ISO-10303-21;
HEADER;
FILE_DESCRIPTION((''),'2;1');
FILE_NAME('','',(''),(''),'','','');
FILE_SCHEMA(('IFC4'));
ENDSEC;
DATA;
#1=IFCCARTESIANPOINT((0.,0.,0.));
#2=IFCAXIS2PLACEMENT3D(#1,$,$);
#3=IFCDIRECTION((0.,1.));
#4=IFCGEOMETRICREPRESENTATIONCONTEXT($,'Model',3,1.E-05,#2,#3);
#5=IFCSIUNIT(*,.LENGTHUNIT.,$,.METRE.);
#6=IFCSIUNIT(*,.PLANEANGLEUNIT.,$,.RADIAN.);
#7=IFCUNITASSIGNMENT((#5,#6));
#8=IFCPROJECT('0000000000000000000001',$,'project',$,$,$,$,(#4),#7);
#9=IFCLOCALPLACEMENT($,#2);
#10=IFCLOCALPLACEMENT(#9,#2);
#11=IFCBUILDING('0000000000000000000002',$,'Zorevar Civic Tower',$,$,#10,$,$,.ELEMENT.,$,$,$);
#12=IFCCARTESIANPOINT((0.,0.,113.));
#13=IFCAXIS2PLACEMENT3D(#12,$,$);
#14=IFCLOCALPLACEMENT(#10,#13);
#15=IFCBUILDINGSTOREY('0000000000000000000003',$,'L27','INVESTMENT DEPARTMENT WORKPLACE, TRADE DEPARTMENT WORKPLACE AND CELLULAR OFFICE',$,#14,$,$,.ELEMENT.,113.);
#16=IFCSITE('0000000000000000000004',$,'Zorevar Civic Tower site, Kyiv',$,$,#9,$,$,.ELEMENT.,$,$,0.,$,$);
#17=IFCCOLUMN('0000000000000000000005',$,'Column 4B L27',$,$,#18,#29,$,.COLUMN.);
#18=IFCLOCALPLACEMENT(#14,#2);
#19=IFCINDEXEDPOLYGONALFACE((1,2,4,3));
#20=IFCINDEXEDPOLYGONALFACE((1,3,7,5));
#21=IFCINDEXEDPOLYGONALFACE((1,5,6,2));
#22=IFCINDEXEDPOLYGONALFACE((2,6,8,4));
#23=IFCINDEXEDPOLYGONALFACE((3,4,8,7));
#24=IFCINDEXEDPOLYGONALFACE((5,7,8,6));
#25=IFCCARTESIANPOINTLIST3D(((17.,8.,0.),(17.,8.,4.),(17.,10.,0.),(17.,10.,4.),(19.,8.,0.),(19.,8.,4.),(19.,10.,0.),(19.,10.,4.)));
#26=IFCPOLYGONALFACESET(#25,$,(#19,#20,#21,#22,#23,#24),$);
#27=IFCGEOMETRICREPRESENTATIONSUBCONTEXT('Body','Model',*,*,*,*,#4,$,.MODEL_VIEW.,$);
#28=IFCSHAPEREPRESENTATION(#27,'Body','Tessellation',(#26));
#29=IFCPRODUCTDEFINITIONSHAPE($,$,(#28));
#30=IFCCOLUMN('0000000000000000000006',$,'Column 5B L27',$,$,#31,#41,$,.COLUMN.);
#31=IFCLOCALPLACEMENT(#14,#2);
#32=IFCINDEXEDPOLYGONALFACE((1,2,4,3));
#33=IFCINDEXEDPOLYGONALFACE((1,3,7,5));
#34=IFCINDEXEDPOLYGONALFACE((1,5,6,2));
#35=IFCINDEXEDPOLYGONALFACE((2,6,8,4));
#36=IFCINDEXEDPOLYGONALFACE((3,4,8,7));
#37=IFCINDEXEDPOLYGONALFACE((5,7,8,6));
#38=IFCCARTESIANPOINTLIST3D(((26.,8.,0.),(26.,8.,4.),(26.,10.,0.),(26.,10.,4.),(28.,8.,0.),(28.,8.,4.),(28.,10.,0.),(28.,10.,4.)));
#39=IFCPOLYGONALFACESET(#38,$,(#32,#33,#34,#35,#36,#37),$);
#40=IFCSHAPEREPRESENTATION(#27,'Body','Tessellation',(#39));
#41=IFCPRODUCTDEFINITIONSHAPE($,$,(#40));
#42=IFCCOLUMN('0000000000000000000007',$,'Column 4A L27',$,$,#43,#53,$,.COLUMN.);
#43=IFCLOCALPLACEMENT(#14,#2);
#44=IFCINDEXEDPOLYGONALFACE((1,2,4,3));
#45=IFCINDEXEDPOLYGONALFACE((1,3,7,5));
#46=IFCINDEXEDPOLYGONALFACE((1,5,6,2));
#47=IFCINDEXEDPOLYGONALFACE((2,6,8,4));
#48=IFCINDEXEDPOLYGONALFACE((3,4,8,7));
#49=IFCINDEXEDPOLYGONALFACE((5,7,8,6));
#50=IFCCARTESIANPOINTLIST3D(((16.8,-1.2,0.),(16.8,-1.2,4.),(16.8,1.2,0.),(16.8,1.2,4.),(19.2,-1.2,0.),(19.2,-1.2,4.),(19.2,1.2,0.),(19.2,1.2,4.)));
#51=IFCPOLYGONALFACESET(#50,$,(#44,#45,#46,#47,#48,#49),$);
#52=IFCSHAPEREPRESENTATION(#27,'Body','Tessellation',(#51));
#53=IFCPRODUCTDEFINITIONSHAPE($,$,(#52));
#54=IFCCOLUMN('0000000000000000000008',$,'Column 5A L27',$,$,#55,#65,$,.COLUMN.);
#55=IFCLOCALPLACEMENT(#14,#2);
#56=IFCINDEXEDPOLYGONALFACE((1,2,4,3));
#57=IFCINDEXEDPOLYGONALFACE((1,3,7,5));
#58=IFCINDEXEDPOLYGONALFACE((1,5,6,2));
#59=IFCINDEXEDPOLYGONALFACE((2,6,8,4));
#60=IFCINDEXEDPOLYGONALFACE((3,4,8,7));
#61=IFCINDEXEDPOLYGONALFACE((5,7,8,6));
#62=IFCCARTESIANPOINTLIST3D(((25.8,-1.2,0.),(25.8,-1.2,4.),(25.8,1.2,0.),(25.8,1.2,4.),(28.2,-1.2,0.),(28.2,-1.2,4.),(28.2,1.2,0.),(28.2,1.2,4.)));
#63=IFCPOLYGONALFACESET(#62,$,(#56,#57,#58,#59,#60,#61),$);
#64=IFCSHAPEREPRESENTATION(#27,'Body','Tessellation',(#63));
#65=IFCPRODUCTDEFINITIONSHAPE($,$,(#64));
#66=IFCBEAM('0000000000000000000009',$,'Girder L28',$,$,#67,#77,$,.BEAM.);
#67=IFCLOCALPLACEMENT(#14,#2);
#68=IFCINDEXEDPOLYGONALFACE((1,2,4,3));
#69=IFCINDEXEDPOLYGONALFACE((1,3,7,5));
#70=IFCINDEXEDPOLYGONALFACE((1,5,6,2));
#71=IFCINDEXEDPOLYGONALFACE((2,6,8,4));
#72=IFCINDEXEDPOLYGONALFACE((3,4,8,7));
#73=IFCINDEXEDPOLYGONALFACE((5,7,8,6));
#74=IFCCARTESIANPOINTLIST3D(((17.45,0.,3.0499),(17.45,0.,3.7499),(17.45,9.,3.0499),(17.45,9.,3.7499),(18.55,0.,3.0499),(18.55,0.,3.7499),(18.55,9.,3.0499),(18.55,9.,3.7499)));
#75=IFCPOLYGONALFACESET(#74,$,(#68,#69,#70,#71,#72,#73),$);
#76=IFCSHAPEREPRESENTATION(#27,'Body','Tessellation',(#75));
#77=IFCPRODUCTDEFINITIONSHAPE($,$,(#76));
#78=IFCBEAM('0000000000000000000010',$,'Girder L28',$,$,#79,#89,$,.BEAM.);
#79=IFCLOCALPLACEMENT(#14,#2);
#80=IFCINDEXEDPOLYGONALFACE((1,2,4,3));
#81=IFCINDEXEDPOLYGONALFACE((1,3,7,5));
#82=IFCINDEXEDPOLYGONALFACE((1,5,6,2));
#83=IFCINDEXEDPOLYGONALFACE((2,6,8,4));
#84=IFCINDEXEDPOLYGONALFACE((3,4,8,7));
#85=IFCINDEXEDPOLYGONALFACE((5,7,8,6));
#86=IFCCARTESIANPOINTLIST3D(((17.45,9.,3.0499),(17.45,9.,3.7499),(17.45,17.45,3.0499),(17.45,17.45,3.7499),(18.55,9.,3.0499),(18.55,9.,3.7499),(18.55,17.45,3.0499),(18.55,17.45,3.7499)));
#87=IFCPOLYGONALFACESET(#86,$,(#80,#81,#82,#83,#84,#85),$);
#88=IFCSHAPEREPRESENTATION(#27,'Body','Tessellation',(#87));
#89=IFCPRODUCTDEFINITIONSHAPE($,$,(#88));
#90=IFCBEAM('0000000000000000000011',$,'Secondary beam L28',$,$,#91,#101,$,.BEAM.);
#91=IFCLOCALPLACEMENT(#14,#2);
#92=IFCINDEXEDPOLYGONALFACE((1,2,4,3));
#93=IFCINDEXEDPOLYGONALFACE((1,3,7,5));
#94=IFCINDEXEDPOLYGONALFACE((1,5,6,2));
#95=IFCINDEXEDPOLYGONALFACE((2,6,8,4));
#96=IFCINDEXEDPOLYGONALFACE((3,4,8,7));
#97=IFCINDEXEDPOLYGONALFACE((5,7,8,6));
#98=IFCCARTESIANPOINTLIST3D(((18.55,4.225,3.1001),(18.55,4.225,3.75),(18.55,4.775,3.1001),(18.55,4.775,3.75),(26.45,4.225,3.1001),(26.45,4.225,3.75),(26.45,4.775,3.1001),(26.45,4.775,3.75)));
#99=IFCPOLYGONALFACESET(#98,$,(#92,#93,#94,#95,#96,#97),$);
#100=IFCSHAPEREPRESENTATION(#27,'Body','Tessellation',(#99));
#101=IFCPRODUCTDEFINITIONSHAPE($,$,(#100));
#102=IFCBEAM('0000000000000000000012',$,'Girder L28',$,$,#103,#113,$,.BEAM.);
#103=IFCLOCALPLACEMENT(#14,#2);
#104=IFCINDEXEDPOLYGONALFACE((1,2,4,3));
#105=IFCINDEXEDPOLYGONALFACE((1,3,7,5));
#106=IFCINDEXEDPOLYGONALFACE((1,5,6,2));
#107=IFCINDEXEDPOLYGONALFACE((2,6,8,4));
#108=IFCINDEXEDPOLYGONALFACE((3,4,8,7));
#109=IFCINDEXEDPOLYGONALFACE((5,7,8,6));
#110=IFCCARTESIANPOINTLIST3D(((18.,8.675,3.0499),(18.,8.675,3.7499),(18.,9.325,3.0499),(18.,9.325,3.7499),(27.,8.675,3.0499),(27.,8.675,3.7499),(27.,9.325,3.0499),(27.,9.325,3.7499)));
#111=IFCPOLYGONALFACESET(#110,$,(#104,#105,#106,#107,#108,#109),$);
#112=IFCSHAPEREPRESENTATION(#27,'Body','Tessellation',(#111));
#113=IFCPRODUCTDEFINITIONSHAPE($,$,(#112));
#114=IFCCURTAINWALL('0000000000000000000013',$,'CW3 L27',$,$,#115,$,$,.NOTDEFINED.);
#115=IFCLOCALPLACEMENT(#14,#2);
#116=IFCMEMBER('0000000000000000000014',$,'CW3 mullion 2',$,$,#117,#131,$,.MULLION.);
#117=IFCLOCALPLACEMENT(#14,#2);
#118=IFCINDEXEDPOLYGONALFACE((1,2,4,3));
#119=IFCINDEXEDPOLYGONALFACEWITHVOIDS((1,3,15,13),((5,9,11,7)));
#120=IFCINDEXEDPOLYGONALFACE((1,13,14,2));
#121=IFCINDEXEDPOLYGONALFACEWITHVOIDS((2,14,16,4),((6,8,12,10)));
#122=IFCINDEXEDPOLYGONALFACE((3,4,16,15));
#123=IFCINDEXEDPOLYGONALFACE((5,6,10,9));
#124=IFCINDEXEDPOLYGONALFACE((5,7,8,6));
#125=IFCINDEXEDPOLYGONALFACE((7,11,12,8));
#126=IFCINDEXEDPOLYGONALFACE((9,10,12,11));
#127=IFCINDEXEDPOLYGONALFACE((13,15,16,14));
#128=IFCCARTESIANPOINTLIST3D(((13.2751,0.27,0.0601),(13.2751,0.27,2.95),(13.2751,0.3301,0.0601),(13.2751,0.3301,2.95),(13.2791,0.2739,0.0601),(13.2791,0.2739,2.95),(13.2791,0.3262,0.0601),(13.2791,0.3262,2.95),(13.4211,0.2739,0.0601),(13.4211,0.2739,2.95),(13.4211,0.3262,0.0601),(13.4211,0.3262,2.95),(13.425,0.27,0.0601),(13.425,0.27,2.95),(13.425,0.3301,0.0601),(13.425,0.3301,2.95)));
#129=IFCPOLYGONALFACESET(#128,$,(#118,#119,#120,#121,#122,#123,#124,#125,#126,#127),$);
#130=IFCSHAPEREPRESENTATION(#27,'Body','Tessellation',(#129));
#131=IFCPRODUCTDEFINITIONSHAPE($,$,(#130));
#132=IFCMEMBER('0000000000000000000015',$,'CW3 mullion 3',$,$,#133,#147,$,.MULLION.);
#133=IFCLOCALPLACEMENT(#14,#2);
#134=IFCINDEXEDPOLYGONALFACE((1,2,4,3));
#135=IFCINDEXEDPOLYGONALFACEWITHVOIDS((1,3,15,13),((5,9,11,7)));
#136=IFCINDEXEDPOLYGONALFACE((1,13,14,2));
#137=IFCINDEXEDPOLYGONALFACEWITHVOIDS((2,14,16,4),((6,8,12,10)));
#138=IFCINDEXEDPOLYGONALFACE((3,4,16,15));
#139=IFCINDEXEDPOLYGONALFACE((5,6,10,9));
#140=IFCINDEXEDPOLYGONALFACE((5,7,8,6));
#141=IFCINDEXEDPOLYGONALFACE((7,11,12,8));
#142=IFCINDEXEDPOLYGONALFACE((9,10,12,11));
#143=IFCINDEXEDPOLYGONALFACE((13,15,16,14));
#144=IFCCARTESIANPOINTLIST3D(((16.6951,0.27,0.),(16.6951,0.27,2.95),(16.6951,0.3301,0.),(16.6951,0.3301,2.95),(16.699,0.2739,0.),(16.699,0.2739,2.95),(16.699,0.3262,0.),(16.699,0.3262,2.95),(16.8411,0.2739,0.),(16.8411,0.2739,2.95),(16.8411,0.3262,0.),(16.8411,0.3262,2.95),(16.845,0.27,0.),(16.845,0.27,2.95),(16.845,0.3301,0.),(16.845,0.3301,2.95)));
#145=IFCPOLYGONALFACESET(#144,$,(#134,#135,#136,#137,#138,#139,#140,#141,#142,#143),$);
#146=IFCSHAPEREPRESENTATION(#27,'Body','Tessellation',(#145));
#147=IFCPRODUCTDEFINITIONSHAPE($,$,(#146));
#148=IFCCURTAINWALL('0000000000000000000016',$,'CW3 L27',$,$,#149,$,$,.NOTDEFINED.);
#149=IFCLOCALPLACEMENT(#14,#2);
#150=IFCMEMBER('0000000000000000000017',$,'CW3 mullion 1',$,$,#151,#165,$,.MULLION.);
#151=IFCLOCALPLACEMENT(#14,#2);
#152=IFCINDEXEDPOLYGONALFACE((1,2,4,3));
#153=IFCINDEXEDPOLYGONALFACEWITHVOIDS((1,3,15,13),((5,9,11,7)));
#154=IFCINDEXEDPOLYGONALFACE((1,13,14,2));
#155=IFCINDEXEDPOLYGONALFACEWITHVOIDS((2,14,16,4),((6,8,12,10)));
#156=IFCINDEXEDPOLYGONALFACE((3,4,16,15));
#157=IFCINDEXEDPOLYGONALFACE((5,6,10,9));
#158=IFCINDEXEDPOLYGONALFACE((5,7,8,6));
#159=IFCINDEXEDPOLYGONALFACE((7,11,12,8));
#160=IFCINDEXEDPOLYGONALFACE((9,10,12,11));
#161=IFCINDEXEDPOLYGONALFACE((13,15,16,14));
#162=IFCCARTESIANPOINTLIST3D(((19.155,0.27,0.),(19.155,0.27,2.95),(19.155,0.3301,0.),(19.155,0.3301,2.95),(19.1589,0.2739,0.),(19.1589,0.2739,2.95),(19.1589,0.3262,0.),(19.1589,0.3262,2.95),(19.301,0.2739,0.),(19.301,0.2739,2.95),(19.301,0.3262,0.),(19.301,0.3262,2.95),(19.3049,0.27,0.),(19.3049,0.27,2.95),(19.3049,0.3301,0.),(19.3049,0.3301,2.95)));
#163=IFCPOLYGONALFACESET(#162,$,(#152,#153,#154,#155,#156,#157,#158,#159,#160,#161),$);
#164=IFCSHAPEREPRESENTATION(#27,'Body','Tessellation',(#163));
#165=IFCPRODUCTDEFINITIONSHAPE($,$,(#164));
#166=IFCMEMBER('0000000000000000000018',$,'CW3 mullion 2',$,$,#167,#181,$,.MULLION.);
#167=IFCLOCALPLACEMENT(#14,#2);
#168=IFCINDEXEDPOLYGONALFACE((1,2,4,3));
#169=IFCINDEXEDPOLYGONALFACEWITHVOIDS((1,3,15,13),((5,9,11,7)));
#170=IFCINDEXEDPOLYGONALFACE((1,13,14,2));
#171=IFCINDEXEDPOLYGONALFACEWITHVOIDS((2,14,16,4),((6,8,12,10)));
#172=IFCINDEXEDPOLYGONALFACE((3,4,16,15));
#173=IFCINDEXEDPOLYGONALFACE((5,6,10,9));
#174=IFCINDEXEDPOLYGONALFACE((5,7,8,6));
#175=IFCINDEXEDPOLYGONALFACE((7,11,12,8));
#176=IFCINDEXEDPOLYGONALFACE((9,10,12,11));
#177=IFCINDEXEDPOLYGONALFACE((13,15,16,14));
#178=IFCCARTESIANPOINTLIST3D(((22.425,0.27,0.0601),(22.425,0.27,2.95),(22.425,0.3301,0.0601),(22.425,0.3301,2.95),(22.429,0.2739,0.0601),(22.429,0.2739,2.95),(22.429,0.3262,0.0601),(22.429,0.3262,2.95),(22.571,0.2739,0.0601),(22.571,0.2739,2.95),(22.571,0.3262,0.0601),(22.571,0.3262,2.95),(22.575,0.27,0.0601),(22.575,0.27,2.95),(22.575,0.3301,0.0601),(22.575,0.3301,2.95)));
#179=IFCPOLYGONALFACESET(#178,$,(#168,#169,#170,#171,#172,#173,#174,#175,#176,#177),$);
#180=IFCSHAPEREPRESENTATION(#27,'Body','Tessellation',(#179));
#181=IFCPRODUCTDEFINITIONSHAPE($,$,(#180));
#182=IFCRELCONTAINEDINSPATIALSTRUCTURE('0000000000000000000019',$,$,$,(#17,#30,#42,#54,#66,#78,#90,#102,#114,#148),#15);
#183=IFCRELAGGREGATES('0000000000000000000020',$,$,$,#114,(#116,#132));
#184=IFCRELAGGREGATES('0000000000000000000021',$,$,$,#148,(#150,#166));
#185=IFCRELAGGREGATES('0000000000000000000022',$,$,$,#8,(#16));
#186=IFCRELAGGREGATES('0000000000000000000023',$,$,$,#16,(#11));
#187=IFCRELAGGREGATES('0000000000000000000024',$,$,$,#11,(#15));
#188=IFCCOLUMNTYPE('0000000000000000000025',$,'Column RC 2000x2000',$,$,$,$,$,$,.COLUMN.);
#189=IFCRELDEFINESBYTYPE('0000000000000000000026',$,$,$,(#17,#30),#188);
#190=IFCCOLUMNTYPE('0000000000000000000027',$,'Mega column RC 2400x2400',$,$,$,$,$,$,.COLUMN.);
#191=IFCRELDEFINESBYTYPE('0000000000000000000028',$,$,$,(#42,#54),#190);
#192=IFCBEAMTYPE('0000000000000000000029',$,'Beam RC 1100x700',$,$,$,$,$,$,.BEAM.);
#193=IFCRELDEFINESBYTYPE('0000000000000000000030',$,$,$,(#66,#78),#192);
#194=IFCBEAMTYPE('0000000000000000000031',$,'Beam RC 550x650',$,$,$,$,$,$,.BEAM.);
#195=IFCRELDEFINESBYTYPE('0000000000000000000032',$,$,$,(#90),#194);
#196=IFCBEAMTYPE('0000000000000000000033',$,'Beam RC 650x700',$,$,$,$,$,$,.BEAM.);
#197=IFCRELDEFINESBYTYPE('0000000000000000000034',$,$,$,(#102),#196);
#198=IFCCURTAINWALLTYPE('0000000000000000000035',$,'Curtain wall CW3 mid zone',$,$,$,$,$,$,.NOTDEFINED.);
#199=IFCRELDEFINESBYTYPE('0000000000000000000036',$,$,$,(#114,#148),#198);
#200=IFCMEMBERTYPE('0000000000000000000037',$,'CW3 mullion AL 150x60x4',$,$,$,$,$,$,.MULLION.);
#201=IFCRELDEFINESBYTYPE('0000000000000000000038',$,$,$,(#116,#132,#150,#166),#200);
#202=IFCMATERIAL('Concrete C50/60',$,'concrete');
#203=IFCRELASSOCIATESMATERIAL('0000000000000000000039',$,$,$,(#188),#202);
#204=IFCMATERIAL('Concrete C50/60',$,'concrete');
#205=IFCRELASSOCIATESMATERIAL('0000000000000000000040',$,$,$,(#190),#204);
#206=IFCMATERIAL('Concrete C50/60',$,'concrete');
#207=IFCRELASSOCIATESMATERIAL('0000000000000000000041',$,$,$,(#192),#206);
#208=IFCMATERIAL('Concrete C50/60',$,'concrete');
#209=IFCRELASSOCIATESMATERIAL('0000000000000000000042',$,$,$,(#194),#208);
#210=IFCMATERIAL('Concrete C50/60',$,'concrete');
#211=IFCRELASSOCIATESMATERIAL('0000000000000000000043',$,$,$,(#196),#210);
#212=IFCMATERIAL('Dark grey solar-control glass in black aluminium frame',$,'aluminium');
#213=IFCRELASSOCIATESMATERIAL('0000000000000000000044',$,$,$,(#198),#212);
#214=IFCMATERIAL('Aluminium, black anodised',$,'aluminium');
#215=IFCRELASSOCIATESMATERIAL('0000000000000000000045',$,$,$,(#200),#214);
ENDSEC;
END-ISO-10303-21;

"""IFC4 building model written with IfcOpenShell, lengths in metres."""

from ifc_helpers import new_model, si_unit, direction, frame, origin, origin_2d, place, context, subcontext, project, spatial, rectangle, hollow_rectangle, extrude, material, material_profile, profile_set, type_object, element, aggregate, save


model = new_model("IFC4")

# Units and contexts
model_context = context("Model", 3, precision=1e-05, world=origin(), true_north=direction((0.0, 1.0)))
body_context = subcontext(model_context, "Body", "Model", "MODEL_VIEW")
ifc_project = project(units=[si_unit("LENGTHUNIT", "METRE"), si_unit("PLANEANGLEUNIT", "RADIAN")], contexts=[model_context])

# Site, building, storey
site_placement = place(None, origin())
site = spatial("IfcSite", under=ifc_project, at=site_placement, Name="Zorevar Civic Tower site, Kyiv", CompositionType="ELEMENT", RefElevation=0.0)
building_placement = place(site_placement, origin())
building = spatial("IfcBuilding", under=site, at=building_placement, Name="Zorevar Civic Tower", CompositionType="ELEMENT")
storey_placement = place(building_placement, frame((0.0, 0.0, 113.0)))
storey = spatial("IfcBuildingStorey", under=building, at=storey_placement, Name="L27", Description="INVESTMENT DEPARTMENT WORKPLACE, TRADE DEPARTMENT WORKPLACE AND CELLULAR OFFICE", CompositionType="ELEMENT", Elevation=113.0)

# Columns
ifc_material_1 = material(Name="Concrete C50/60", Category="concrete")
ifc_material_profile_1 = material_profile(ifc_material_1, rectangle(XDim=2.0, YDim=2.0, at=origin_2d()), Name="RC 2000x2000")
ifc_profile_set_1 = profile_set([ifc_material_profile_1], Name="Concrete C50/60")
column_type_1 = type_object("IfcColumnType", Name="Column RC 2000x2000", PredefinedType="COLUMN", material=ifc_profile_set_1)
for number, where, z_axis, x_axis, name in (
    (1, (18.0, 9.0, 0.0), (0.0, 0.0, 1.0), (1.0, 0.0, 0.0), "Column 4B L27"),
    (2, (27.0, 9.0, 0.0), (0.0, 0.0, 1.0), (1.0, 0.0, 0.0), "Column 5B L27"),
):
    element("IfcColumn", number, at=place(storey_placement, frame(where, z_axis=z_axis, x_axis=x_axis)), inside=storey, type_object=column_type_1, Name=name, PredefinedType="COLUMN", context=body_context, shape_type="SweptSolid", body=[
        extrude(rectangle(XDim=2.0, YDim=2.0, at=origin_2d()), origin(), (0.0, 0.0, 1.0), 4.0),
    ])
ifc_material_2 = material(Name="Concrete C50/60", Category="concrete")
ifc_material_profile_2 = material_profile(ifc_material_2, rectangle(XDim=2.3999, YDim=2.3999, at=origin_2d()), Name="RC 2400x2400")
ifc_profile_set_2 = profile_set([ifc_material_profile_2], Name="Concrete C50/60")
column_type_2 = type_object("IfcColumnType", Name="Mega column RC 2400x2400", PredefinedType="COLUMN", material=ifc_profile_set_2)
for number, where, z_axis, x_axis, name in (
    (3, (18.0, 0.0, 0.0), (0.0, 0.0, 1.0), (1.0, 0.0, 0.0), "Column 4A L27"),
    (4, (27.0, 0.0, 0.0), (0.0, 0.0, 1.0), (1.0, 0.0, 0.0), "Column 5A L27"),
):
    element("IfcColumn", number, at=place(storey_placement, frame(where, z_axis=z_axis, x_axis=x_axis)), inside=storey, type_object=column_type_2, Name=name, PredefinedType="COLUMN", context=body_context, shape_type="SweptSolid", body=[
        extrude(rectangle(XDim=2.3999, YDim=2.3999, at=origin_2d()), origin(), (0.0, 0.0, 1.0), 4.0),
    ])

# Beams
ifc_material_3 = material(Name="Concrete C50/60", Category="concrete")
ifc_material_profile_3 = material_profile(ifc_material_3, rectangle(XDim=1.1001, YDim=0.7, at=origin_2d()), Name="RC 1100x700")
ifc_profile_set_3 = profile_set([ifc_material_profile_3], Name="Concrete C50/60")
beam_type_1 = type_object("IfcBeamType", Name="Beam RC 1100x700", PredefinedType="BEAM", material=ifc_profile_set_3)
beam_1_placement = place(storey_placement, frame((18.0, 0.0, 3.3999), z_axis=(0.0, 1.0, 0.0), x_axis=(-1.0, 0.0, 0.0)))
element("IfcBeam", 5, at=beam_1_placement, inside=storey, type_object=beam_type_1, Name="Girder L28", PredefinedType="BEAM", context=body_context, shape_type="SweptSolid", body=[
    extrude(rectangle(XDim=1.1001, YDim=0.7, at=origin_2d()), origin(), (0.0, 0.0, 1.0), 9.0),
])
beam_2_placement = place(storey_placement, frame((18.0, 9.0, 3.3999), z_axis=(0.0, 1.0, 0.0), x_axis=(-1.0, 0.0, 0.0)))
element("IfcBeam", 6, at=beam_2_placement, inside=storey, type_object=beam_type_1, Name="Girder L28", PredefinedType="BEAM", context=body_context, shape_type="SweptSolid", body=[
    extrude(rectangle(XDim=1.1001, YDim=0.7, at=origin_2d()), origin(), (0.0, 0.0, 1.0), 8.45),
])
ifc_material_4 = material(Name="Concrete C50/60", Category="concrete")
ifc_material_profile_4 = material_profile(ifc_material_4, rectangle(XDim=0.55, YDim=0.6499, at=origin_2d()), Name="RC 550x650")
ifc_profile_set_4 = profile_set([ifc_material_profile_4], Name="Concrete C50/60")
beam_type_2 = type_object("IfcBeamType", Name="Beam RC 550x650", PredefinedType="BEAM", material=ifc_profile_set_4)
beam_3_placement = place(storey_placement, frame((18.55, 4.5, 3.425), z_axis=(1.0, 0.0, 0.0), x_axis=(0.0, 1.0, 0.0)))
element("IfcBeam", 7, at=beam_3_placement, inside=storey, type_object=beam_type_2, Name="Secondary beam L28", PredefinedType="BEAM", context=body_context, shape_type="SweptSolid", body=[
    extrude(rectangle(XDim=0.55, YDim=0.6499, at=origin_2d()), origin(), (0.0, 0.0, 1.0), 7.8999),
])
ifc_material_5 = material(Name="Concrete C50/60", Category="concrete")
ifc_material_profile_5 = material_profile(ifc_material_5, rectangle(XDim=0.6499, YDim=0.7, at=origin_2d()), Name="RC 650x700")
ifc_profile_set_5 = profile_set([ifc_material_profile_5], Name="Concrete C50/60")
beam_type_3 = type_object("IfcBeamType", Name="Beam RC 650x700", PredefinedType="BEAM", material=ifc_profile_set_5)
beam_4_placement = place(storey_placement, frame((18.0, 9.0, 3.3999), z_axis=(1.0, 0.0, 0.0), x_axis=(0.0, 1.0, 0.0)))
element("IfcBeam", 8, at=beam_4_placement, inside=storey, type_object=beam_type_3, Name="Girder L28", PredefinedType="BEAM", context=body_context, shape_type="SweptSolid", body=[
    extrude(rectangle(XDim=0.6499, YDim=0.7, at=origin_2d()), origin(), (0.0, 0.0, 1.0), 9.0),
])

# Curtain walls, members
ifc_material_6 = material(Name="Dark grey solar-control glass in black aluminium frame", Category="aluminium")
curtain_wall_type = type_object("IfcCurtainWallType", Name="Curtain wall CW3 mid zone", PredefinedType="NOTDEFINED", material=ifc_material_6)
curtain_wall_1_placement = place(storey_placement, origin())
curtain_wall_1 = element("IfcCurtainWall", 9, at=curtain_wall_1_placement, inside=storey, type_object=curtain_wall_type, Name="CW3 L27", PredefinedType="NOTDEFINED")
ifc_material_7 = material(Name="Aluminium, black anodised", Category="aluminium")
ifc_material_profile_6 = material_profile(ifc_material_7, hollow_rectangle(XDim=0.0601, YDim=0.1499, WallThickness=0.0039, at=origin_2d()), Name="AL 150x60x4")
ifc_profile_set_6 = profile_set([ifc_material_profile_6], Name="Aluminium, black anodised")
member_type_1 = type_object("IfcMemberType", Name="CW3 mullion AL 150x60x4", PredefinedType="MULLION", material=ifc_profile_set_6)
member_1_placement = place(storey_placement, frame((13.3501, 0.3, 0.0601), z_axis=(0.0, 0.0, 1.0), x_axis=(0.0, 1.0, 0.0)))
member_1 = element("IfcMember", 10, at=member_1_placement, type_object=member_type_1, Name="CW3 mullion 2", PredefinedType="MULLION", context=body_context, shape_type="SweptSolid", body=[
    extrude(hollow_rectangle(XDim=0.0601, YDim=0.1499, WallThickness=0.0039, at=origin_2d()), origin(), (0.0, 0.0, 1.0), 2.8899),
])
member_2_placement = place(storey_placement, frame((16.77, 0.3, 0.0), z_axis=(0.0, 0.0, 1.0), x_axis=(0.0, 1.0, 0.0)))
member_2 = element("IfcMember", 11, at=member_2_placement, type_object=member_type_1, Name="CW3 mullion 3", PredefinedType="MULLION", context=body_context, shape_type="SweptSolid", body=[
    extrude(hollow_rectangle(XDim=0.0601, YDim=0.1499, WallThickness=0.0039, at=origin_2d()), origin(), (0.0, 0.0, 1.0), 2.95),
])
curtain_wall_2_placement = place(storey_placement, origin())
curtain_wall_2 = element("IfcCurtainWall", 12, at=curtain_wall_2_placement, inside=storey, type_object=curtain_wall_type, Name="CW3 L27", PredefinedType="NOTDEFINED")
member_3_placement = place(storey_placement, frame((19.23, 0.3, 0.0), z_axis=(0.0, 0.0, 1.0), x_axis=(0.0, 1.0, 0.0)))
member_3 = element("IfcMember", 13, at=member_3_placement, type_object=member_type_1, Name="CW3 mullion 1", PredefinedType="MULLION", context=body_context, shape_type="SweptSolid", body=[
    extrude(hollow_rectangle(XDim=0.0601, YDim=0.1499, WallThickness=0.0039, at=origin_2d()), origin(), (0.0, 0.0, 1.0), 2.95),
])
member_4_placement = place(storey_placement, frame((22.5, 0.3, 0.0601), z_axis=(0.0, 0.0, 1.0), x_axis=(0.0, 1.0, 0.0)))
member_4 = element("IfcMember", 14, at=member_4_placement, type_object=member_type_1, Name="CW3 mullion 2", PredefinedType="MULLION", context=body_context, shape_type="SweptSolid", body=[
    extrude(hollow_rectangle(XDim=0.0601, YDim=0.1499, WallThickness=0.0039, at=origin_2d()), origin(), (0.0, 0.0, 1.0), 2.8899),
])

aggregate(curtain_wall_1, [member_1, member_2])
aggregate(curtain_wall_2, [member_3, member_4])

save(model, "model.ifc")
